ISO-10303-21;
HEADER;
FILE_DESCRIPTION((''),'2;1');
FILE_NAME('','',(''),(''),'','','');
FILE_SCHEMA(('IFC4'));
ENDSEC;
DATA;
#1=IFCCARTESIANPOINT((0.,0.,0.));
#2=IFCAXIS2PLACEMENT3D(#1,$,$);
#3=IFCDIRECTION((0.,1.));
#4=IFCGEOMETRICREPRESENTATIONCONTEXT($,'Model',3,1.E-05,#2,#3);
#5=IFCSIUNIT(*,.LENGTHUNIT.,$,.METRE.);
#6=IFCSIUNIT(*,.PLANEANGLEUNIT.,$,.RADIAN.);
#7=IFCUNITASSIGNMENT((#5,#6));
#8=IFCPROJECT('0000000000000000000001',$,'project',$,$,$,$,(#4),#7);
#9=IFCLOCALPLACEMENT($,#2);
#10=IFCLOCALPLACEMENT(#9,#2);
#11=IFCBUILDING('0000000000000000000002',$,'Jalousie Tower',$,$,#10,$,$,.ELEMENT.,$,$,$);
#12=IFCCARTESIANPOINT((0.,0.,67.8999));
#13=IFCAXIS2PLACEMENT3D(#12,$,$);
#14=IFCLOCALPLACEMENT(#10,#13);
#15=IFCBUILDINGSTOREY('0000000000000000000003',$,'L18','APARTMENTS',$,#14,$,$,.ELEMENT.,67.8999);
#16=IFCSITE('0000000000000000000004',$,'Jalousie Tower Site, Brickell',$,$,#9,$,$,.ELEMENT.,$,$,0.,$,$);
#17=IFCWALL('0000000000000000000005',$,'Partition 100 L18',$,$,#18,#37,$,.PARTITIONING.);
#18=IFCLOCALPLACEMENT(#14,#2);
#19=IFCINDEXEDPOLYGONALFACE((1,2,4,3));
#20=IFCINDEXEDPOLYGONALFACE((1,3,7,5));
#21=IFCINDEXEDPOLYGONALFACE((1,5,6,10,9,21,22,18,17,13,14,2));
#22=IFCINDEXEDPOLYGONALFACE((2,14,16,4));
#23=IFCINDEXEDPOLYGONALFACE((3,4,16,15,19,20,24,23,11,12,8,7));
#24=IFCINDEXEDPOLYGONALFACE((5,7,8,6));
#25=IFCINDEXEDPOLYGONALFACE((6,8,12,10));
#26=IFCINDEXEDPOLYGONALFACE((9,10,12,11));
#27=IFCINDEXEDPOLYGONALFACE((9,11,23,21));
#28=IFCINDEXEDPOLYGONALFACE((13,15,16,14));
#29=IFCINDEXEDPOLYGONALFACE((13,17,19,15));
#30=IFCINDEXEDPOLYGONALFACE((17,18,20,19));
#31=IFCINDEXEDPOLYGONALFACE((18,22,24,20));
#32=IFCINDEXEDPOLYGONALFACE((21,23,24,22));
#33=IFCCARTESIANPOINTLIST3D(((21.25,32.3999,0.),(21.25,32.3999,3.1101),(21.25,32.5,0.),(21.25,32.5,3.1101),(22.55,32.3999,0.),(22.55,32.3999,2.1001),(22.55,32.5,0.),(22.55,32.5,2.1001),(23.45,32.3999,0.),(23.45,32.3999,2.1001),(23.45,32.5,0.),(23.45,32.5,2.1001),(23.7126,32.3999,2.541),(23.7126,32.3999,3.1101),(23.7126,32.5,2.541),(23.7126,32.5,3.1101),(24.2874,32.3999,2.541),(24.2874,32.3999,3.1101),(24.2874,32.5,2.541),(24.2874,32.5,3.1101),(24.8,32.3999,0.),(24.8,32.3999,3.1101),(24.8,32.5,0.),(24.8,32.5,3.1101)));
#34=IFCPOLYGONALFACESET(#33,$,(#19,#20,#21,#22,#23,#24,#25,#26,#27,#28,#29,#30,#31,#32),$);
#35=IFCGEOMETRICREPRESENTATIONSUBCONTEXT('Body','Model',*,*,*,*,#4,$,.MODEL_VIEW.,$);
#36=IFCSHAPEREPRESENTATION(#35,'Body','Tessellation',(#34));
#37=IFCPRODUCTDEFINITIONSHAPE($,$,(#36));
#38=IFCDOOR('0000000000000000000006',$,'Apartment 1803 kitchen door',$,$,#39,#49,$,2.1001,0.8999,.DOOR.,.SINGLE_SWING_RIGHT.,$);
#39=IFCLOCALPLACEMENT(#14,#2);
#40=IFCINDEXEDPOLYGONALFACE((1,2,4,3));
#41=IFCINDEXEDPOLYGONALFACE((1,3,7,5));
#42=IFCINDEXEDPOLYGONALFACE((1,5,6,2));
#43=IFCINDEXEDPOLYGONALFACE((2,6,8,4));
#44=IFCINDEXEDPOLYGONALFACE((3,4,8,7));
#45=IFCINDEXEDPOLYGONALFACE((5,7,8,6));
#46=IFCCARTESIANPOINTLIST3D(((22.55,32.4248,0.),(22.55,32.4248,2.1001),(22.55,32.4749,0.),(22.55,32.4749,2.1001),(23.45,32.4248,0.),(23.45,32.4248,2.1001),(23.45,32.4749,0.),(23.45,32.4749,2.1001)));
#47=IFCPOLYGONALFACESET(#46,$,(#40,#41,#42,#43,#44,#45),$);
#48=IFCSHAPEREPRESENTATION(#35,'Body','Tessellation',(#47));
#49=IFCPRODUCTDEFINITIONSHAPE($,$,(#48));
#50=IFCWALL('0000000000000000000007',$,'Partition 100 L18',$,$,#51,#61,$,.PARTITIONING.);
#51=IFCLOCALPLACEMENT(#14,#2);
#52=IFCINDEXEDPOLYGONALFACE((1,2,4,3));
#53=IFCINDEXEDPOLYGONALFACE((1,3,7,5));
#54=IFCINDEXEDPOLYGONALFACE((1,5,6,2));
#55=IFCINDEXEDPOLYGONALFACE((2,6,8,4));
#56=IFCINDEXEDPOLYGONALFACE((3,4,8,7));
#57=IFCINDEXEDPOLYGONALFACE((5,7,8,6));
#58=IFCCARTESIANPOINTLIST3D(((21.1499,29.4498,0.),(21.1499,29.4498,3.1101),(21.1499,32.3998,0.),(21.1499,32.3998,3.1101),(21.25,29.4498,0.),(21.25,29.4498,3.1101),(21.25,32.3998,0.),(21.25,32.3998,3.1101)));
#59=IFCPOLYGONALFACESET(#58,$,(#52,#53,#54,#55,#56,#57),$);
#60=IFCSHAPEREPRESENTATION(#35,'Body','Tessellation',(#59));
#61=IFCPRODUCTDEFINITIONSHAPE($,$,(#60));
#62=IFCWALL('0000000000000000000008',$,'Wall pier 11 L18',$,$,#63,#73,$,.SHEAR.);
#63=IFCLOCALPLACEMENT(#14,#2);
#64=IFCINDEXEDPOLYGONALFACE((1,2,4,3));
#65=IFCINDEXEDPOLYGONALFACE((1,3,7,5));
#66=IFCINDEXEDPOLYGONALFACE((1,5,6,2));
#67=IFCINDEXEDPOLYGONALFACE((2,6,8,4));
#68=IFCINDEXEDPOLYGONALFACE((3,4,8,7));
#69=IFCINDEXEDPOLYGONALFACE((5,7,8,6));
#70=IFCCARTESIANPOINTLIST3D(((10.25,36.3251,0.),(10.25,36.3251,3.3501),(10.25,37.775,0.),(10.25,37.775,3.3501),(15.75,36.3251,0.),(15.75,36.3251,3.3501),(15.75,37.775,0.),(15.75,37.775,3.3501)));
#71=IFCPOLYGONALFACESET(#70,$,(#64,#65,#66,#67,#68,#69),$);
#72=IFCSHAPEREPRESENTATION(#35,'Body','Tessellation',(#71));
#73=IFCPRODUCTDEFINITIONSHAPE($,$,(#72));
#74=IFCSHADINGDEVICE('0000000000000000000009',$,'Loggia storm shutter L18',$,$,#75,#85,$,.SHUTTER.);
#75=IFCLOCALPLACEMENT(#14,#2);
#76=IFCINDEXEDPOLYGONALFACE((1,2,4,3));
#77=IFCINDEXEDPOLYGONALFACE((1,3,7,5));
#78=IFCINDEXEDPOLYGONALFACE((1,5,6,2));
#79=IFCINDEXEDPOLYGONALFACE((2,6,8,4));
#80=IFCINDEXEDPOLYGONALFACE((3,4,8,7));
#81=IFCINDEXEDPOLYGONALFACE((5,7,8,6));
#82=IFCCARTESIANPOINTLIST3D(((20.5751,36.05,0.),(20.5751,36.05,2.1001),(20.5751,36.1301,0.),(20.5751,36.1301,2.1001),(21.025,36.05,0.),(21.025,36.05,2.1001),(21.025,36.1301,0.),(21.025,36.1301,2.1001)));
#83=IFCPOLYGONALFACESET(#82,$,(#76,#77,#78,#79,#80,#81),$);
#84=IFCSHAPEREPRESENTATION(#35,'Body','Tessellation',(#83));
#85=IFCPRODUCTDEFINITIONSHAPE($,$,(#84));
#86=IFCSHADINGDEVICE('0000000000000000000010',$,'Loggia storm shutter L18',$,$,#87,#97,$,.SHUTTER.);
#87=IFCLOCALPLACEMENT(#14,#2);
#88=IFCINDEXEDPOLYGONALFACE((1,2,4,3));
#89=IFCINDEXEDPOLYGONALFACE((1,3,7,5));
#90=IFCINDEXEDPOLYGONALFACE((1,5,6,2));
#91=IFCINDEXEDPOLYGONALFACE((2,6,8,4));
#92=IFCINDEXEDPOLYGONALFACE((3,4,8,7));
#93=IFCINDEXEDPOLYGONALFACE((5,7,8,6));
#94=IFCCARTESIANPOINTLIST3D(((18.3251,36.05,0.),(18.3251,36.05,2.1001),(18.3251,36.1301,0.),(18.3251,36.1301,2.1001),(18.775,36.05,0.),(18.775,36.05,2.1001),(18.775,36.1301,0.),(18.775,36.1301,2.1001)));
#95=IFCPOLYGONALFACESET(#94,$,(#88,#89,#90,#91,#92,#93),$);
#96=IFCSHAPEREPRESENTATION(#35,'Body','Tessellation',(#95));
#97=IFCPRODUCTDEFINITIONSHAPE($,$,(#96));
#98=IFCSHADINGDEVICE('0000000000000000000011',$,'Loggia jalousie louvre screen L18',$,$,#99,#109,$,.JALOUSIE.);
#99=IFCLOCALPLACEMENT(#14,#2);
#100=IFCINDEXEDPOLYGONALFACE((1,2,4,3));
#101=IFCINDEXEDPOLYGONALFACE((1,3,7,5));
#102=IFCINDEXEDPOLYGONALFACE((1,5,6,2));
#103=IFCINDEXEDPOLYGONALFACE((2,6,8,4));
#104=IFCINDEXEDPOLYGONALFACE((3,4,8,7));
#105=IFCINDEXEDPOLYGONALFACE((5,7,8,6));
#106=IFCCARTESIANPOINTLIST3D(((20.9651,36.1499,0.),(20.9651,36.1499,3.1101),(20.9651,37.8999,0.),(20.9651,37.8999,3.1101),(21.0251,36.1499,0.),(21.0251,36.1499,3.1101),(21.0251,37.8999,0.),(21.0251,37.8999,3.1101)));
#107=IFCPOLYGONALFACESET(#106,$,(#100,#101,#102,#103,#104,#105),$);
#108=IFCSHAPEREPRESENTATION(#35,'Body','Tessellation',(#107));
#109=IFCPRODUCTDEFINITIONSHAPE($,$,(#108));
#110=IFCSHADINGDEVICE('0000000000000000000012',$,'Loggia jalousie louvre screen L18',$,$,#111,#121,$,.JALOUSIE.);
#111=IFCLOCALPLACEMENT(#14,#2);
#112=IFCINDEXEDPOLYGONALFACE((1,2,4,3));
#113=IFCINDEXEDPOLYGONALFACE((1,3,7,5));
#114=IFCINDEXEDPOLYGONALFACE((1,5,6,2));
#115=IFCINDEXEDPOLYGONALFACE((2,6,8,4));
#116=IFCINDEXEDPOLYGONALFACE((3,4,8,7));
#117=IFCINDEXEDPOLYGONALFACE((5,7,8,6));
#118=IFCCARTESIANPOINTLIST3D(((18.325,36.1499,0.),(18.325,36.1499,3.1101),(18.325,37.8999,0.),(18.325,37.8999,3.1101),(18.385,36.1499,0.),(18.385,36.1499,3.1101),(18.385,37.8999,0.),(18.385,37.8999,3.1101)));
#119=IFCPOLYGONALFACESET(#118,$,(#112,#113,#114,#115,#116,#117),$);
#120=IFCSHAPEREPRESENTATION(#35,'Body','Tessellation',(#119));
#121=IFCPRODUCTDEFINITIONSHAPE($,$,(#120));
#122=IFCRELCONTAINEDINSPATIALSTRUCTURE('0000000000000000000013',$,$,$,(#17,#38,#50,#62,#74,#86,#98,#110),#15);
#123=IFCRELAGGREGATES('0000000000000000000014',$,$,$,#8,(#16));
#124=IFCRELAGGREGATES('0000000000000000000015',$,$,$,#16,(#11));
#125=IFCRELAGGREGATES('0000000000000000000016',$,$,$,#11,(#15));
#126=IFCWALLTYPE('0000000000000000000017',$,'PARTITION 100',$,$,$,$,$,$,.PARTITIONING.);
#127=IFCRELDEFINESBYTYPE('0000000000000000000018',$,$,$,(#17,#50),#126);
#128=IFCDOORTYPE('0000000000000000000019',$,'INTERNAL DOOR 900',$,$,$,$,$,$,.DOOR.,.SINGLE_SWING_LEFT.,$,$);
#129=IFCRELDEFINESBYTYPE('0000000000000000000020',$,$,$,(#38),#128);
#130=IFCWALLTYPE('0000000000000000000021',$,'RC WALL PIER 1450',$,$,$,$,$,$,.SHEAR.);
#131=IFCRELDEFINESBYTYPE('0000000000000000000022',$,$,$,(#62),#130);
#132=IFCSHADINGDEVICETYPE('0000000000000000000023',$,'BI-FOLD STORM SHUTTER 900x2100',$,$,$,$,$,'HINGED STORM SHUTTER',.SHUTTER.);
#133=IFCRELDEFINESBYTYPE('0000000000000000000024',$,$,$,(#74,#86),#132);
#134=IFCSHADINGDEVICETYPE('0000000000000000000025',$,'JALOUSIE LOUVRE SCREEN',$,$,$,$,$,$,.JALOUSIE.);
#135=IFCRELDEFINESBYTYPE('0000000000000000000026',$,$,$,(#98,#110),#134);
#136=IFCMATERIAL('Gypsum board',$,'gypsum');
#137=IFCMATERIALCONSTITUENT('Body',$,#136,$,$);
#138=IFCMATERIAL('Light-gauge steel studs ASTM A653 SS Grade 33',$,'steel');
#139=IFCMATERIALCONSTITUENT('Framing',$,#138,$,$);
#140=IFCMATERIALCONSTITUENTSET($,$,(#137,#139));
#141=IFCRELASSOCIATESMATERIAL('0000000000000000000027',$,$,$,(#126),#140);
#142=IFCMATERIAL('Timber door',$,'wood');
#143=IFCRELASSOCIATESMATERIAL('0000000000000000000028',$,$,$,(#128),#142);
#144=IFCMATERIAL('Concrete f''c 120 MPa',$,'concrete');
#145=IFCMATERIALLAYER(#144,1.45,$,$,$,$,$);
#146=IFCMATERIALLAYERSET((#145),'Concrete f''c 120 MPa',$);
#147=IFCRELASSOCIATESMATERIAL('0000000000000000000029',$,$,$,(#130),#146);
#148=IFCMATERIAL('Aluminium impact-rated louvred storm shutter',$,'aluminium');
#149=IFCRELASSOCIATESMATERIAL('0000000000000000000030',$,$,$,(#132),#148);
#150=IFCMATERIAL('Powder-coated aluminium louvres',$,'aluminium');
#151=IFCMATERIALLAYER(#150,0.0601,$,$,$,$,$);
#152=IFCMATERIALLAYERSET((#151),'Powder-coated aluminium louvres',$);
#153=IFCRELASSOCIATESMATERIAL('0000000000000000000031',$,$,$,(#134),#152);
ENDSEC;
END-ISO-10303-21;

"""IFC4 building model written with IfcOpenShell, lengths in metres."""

from ifc_helpers import new_model, si_unit, direction, frame, frame_2d, origin, origin_2d, place, context, subcontext, project, spatial, polyline, rectangle, outline, extrude, material, layer, layer_set, constituent, constituent_set, type_object, element, fill, save


model = new_model("IFC4")

# Units and contexts
model_context = context("Model", 3, precision=1e-05, world=origin(), true_north=direction((0.0, 1.0)))
body_context = subcontext(model_context, "Body", "Model", "MODEL_VIEW")
ifc_project = project(units=[si_unit("LENGTHUNIT", "METRE"), si_unit("PLANEANGLEUNIT", "RADIAN")], contexts=[model_context])

# Site, building, storey
site_placement = place(None, origin())
site = spatial("IfcSite", under=ifc_project, at=site_placement, Name="Jalousie Tower Site, Brickell", CompositionType="ELEMENT", RefElevation=0.0)
building_placement = place(site_placement, origin())
building = spatial("IfcBuilding", under=site, at=building_placement, Name="Jalousie Tower", CompositionType="ELEMENT")
storey_placement = place(building_placement, frame((0.0, 0.0, 67.8999)))
storey = spatial("IfcBuildingStorey", under=building, at=storey_placement, Name="L18", Description="APARTMENTS", CompositionType="ELEMENT", Elevation=67.8999)

# Wall, opening, door
ifc_material_1 = material(Name="Gypsum board", Category="gypsum")
ifc_constituent_1 = constituent(ifc_material_1, Name="Body")
ifc_material_2 = material(Name="Light-gauge steel studs ASTM A653 SS Grade 33", Category="steel")
ifc_constituent_2 = constituent(ifc_material_2, Name="Framing")
ifc_constituent_set_1 = constituent_set(constituents=[ifc_constituent_1, ifc_constituent_2])
wall_type_1 = type_object("IfcWallType", Name="PARTITION 100", PredefinedType="PARTITIONING", material=ifc_constituent_set_1)
wall_1_placement = place(storey_placement, frame((21.25, 32.45, 0.0), z_axis=(0.0, 0.0, 1.0), x_axis=(1.0, 0.0, 0.0)))
wall_1 = element("IfcWall", 1, at=wall_1_placement, inside=storey, type_object=wall_type_1, Name="Partition 100 L18", PredefinedType="PARTITIONING", context=body_context, shape_type="SweptSolid", body=[
    extrude(outline(polyline([(0.0, 0.0), (3.55, 0.0), (3.55, 3.1101), (3.0374, 3.1101), (3.0374, 2.541), (2.4626, 2.541), (2.4626, 3.1101), (0.0, 3.1101), (0.0, 0.0)])), frame((0.0, 0.05, 0.0), z_axis=(0.0, -1.0, 0.0), x_axis=(1.0, 0.0, 0.0)), (0.0, 0.0, 1.0), 0.1001),
])
opening_1_placement = place(wall_1_placement, frame((1.3, 0.0, 0.0)))
opening_1 = element("IfcOpeningElement", 2, at=opening_1_placement, cuts=wall_1, PredefinedType="OPENING", context=body_context, shape_type="SweptSolid", body=[
    extrude(rectangle(XDim=0.8999, YDim=2.1001, at=frame_2d((0.45, 1.05))), frame((0.0, 0.0601, 0.0), z_axis=(0.0, -1.0, 0.0), x_axis=(1.0, 0.0, 0.0)), (0.0, 0.0, 1.0), 0.1201),
])
ifc_material_3 = material(Name="Timber door", Category="wood")
door_type_1 = type_object("IfcDoorType", Name="INTERNAL DOOR 900", OperationType="SINGLE_SWING_LEFT", PredefinedType="DOOR", material=ifc_material_3)
door_1_placement = place(opening_1_placement, origin())
door_1 = element("IfcDoor", 3, at=door_1_placement, inside=storey, type_object=door_type_1, Name="Apartment 1803 kitchen door", OperationType="SINGLE_SWING_RIGHT", OverallHeight=2.1001, OverallWidth=0.8999, PredefinedType="DOOR", context=body_context, shape_type="SweptSolid", body=[
    extrude(rectangle(XDim=0.8999, YDim=2.1001, at=frame_2d((0.45, 1.05))), frame((0.0, 0.0249, 0.0), z_axis=(0.0, -1.0, 0.0), x_axis=(1.0, 0.0, 0.0)), (0.0, 0.0, 1.0), 0.05),
])
fill(opening_1, door_1)

# Walls
wall_2_placement = place(storey_placement, frame((21.2, 32.3999, 0.0), z_axis=(0.0, 0.0, 1.0), x_axis=(0.0, -1.0, 0.0)))
element("IfcWall", 4, at=wall_2_placement, inside=storey, type_object=wall_type_1, Name="Partition 100 L18", PredefinedType="PARTITIONING", context=body_context, shape_type="SweptSolid", body=[
    extrude(rectangle(XDim=2.95, YDim=0.1001, at=frame_2d((1.4751, 0.0))), origin(), (0.0, 0.0, 1.0), 3.1101),
])
ifc_material_4 = material(Name="Concrete f'c 120 MPa", Category="concrete")
ifc_layer_1 = layer(ifc_material_4, 1.45)
ifc_layer_set_1 = layer_set([ifc_layer_1], Name="Concrete f'c 120 MPa")
wall_type_2 = type_object("IfcWallType", Name="RC WALL PIER 1450", PredefinedType="SHEAR", material=ifc_layer_set_1)
wall_3_placement = place(storey_placement, frame((10.25, 37.05, 0.0), z_axis=(0.0, 0.0, 1.0), x_axis=(1.0, 0.0, 0.0)))
element("IfcWall", 5, at=wall_3_placement, inside=storey, type_object=wall_type_2, Name="Wall pier 11 L18", PredefinedType="SHEAR", context=body_context, shape_type="SweptSolid", body=[
    extrude(rectangle(XDim=5.5, YDim=1.45, at=frame_2d((2.75, 0.0))), origin(), (0.0, 0.0, 1.0), 3.3501),
])

# Shading devices
ifc_material_5 = material(Name="Aluminium impact-rated louvred storm shutter", Category="aluminium")
shading_device_type_1 = type_object("IfcShadingDeviceType", Name="BI-FOLD STORM SHUTTER 900x2100", ElementType="HINGED STORM SHUTTER", PredefinedType="SHUTTER", material=ifc_material_5)
for number, where, z_axis, x_axis, name in (
    (6, (20.8, 36.0901, 0.0), (0.0, 0.0, 1.0), (-1.0, 0.0, 0.0), "Loggia storm shutter L18"),
    (7, (18.55, 36.0901, 0.0), (0.0, 0.0, 1.0), (-1.0, 0.0, 0.0), "Loggia storm shutter L18"),
):
    element("IfcShadingDevice", number, at=place(storey_placement, frame(where, z_axis=z_axis, x_axis=x_axis)), inside=storey, type_object=shading_device_type_1, Name=name, PredefinedType="SHUTTER", context=body_context, shape_type="SweptSolid", body=[
        extrude(rectangle(XDim=0.45, YDim=0.0801, at=origin_2d()), origin(), (0.0, 0.0, 1.0), 2.1001),
    ])
ifc_material_6 = material(Name="Powder-coated aluminium louvres", Category="aluminium")
ifc_layer_2 = layer(ifc_material_6, 0.0601)
ifc_layer_set_2 = layer_set([ifc_layer_2], Name="Powder-coated aluminium louvres")
shading_device_type_2 = type_object("IfcShadingDeviceType", Name="JALOUSIE LOUVRE SCREEN", PredefinedType="JALOUSIE", material=ifc_layer_set_2)
for number, where, z_axis, x_axis, name in (
    (8, (20.9951, 37.0249, 0.0), (0.0, 0.0, 1.0), (-1.0, 0.0, 0.0), "Loggia jalousie louvre screen L18"),
    (9, (18.355, 37.0249, 0.0), (0.0, 0.0, 1.0), (-1.0, 0.0, 0.0), "Loggia jalousie louvre screen L18"),
):
    element("IfcShadingDevice", number, at=place(storey_placement, frame(where, z_axis=z_axis, x_axis=x_axis)), inside=storey, type_object=shading_device_type_2, Name=name, PredefinedType="JALOUSIE", context=body_context, shape_type="SweptSolid", body=[
        extrude(rectangle(XDim=0.0601, YDim=1.75, at=origin_2d()), origin(), (0.0, 0.0, 1.0), 3.1101),
    ])

save(model, "model.ifc")
